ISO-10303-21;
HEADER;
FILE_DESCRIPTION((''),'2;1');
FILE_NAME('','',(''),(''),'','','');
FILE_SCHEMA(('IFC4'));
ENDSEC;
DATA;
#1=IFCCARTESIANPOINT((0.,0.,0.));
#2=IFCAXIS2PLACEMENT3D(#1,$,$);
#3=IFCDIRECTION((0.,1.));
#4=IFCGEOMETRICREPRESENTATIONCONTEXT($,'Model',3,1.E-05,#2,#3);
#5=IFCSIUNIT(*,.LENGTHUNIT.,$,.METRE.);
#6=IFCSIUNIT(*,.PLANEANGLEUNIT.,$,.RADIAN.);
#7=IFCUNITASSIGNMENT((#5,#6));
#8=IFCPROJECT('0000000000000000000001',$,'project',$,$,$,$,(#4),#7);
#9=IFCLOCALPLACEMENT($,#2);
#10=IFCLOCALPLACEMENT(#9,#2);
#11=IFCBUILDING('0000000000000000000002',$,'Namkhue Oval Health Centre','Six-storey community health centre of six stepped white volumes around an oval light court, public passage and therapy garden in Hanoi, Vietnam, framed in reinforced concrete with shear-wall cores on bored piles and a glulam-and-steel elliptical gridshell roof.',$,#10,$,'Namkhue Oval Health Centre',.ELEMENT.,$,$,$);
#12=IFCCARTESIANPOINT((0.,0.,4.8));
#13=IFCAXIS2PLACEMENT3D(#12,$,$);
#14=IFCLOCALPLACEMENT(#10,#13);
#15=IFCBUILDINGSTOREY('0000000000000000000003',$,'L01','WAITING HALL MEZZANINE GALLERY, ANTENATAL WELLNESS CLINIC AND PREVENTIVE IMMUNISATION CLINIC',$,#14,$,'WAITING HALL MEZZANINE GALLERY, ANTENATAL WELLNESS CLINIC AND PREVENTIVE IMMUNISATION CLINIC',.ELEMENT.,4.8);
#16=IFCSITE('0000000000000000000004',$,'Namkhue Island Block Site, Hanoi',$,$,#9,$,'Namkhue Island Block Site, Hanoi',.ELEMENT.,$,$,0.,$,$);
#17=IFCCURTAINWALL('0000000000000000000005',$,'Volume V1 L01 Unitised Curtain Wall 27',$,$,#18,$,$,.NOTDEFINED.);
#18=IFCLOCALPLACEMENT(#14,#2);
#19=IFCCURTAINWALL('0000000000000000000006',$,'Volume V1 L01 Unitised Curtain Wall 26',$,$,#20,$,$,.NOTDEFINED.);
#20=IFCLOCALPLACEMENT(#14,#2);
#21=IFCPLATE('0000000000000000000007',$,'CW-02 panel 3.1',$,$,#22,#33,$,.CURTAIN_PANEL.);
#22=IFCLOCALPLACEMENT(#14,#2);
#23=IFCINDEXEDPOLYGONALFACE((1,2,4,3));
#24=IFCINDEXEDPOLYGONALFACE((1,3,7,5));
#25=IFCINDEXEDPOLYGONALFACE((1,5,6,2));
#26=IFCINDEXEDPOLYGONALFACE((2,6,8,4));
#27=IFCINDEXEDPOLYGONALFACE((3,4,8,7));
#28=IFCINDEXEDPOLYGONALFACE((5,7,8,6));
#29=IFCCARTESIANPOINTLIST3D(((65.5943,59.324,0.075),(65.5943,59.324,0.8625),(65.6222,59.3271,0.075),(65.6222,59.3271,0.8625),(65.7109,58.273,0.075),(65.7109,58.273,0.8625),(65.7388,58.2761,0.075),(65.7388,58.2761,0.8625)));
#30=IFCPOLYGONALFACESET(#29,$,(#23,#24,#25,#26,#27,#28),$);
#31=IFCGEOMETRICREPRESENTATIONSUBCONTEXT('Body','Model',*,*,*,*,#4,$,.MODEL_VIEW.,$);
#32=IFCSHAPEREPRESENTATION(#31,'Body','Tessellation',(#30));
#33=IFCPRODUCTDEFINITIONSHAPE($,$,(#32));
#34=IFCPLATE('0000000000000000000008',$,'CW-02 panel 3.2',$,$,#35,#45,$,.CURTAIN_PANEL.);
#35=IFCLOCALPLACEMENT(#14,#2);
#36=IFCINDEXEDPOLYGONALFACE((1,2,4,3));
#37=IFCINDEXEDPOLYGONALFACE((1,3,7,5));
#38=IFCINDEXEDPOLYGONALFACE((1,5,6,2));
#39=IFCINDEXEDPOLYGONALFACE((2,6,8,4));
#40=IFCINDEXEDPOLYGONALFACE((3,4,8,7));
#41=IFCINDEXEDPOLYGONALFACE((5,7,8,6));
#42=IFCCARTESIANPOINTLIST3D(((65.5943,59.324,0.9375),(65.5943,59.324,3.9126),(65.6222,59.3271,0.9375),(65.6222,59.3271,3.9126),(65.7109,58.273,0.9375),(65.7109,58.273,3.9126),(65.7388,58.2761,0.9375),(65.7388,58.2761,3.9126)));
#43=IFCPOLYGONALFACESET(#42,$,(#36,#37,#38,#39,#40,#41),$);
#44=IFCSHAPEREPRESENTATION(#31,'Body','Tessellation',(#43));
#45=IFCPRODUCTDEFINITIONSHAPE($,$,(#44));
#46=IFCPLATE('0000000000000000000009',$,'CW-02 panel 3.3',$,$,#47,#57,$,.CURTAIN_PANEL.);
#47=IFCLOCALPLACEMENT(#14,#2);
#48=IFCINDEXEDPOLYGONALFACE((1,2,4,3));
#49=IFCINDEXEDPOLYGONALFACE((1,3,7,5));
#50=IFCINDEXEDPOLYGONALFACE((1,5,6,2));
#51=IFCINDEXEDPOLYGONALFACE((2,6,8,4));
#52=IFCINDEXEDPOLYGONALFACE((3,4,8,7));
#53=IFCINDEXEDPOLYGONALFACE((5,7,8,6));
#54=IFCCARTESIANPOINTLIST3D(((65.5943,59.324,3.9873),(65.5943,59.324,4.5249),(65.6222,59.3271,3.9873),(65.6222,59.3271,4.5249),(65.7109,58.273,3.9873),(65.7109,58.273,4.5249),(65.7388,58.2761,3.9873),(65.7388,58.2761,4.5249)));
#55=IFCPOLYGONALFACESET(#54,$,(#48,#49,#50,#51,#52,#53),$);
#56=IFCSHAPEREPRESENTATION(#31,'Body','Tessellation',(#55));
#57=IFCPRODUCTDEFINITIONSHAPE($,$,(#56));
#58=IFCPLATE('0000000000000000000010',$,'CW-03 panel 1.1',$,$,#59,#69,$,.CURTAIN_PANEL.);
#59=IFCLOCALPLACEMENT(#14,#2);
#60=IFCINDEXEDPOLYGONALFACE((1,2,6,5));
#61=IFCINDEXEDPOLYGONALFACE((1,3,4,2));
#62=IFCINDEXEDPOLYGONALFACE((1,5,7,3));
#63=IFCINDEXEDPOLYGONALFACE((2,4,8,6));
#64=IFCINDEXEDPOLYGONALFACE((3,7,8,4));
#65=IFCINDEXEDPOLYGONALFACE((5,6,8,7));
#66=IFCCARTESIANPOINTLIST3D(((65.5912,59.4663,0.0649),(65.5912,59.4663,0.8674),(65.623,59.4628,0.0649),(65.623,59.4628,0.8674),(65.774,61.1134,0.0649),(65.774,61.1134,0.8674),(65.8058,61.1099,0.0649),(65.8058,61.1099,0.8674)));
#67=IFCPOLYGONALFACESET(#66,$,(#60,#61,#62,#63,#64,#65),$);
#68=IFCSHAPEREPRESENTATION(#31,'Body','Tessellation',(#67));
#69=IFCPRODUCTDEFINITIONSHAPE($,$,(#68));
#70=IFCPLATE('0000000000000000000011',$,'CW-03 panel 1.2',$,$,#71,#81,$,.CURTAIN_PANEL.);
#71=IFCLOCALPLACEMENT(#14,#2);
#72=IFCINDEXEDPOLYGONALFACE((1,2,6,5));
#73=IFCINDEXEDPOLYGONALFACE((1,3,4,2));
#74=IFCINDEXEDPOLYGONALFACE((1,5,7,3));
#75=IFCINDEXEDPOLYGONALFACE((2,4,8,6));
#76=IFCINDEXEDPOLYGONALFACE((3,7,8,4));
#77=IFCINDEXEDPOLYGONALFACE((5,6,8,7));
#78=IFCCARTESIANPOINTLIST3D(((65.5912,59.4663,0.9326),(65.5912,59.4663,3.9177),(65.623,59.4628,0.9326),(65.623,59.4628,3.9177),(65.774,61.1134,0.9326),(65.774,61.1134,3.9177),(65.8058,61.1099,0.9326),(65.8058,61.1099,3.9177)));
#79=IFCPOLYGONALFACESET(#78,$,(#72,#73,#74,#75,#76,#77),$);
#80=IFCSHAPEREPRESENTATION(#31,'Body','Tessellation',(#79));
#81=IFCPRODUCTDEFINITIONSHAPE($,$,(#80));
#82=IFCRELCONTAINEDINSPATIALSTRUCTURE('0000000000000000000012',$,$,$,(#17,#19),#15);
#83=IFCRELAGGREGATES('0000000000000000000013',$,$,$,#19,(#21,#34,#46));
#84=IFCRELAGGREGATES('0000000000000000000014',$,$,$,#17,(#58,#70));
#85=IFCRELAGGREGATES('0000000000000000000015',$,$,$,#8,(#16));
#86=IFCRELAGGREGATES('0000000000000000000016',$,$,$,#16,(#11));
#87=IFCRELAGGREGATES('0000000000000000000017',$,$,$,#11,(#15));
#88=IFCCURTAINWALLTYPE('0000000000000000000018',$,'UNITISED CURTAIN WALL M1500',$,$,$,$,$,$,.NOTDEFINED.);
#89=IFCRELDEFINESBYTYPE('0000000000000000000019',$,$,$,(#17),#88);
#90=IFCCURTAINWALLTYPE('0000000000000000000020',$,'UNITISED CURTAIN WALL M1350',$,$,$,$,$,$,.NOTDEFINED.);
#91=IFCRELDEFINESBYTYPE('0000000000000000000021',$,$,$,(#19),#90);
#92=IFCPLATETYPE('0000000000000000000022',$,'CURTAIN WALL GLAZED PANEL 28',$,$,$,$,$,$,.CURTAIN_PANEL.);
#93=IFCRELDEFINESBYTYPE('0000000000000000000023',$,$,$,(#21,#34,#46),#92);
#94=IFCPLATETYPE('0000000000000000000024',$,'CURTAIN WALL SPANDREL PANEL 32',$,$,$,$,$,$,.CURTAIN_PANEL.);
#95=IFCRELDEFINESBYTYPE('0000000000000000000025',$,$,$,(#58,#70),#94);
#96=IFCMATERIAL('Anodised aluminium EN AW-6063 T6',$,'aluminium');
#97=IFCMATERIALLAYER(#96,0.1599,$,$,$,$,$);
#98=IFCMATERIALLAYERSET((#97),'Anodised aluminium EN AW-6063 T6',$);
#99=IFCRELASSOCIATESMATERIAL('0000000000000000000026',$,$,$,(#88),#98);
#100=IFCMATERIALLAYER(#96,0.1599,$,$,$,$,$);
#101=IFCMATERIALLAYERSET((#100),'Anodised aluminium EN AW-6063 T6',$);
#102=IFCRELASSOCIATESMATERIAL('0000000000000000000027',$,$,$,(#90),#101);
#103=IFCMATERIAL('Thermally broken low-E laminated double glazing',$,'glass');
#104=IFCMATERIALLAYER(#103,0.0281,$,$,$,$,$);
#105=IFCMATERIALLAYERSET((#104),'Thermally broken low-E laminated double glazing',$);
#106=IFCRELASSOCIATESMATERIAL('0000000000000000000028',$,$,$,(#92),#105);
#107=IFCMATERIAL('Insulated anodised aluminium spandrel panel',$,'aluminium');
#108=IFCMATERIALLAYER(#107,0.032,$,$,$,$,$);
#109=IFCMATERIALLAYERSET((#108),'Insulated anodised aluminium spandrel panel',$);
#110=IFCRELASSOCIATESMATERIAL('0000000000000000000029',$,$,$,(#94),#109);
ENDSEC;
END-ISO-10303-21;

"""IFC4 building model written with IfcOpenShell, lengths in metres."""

from ifc_helpers import new_model, si_unit, direction, frame, origin, origin_2d, place, context, subcontext, project, spatial, rectangle, extrude, material, layer, layer_set, type_object, element, aggregate, save


model = new_model("IFC4")

# Units and contexts
model_context = context("Model", 3, precision=1e-05, world=origin(), true_north=direction((0.0, 1.0)))
body_context = subcontext(model_context, "Body", "Model", "MODEL_VIEW")
ifc_project = project(units=[si_unit("LENGTHUNIT", "METRE"), si_unit("PLANEANGLEUNIT", "RADIAN")], contexts=[model_context])

# Site, building, storey
site_placement = place(None, origin())
site = spatial("IfcSite", under=ifc_project, at=site_placement, Name="Namkhue Island Block Site, Hanoi", LongName="Namkhue Island Block Site, Hanoi", CompositionType="ELEMENT", RefElevation=0.0)
building_placement = place(site_placement, origin())
building = spatial("IfcBuilding", under=site, at=building_placement, Name="Namkhue Oval Health Centre", Description="Six-storey community health centre of six stepped white volumes around an oval light court, public passage and therapy garden in Hanoi, Vietnam, framed in reinforced concrete with shear-wall cores on bored piles and a glulam-and-steel elliptical gridshell roof.", LongName="Namkhue Oval Health Centre", CompositionType="ELEMENT")
storey_placement = place(building_placement, frame((0.0, 0.0, 4.8)))
storey = spatial("IfcBuildingStorey", under=building, at=storey_placement, Name="L01", Description="WAITING HALL MEZZANINE GALLERY, ANTENATAL WELLNESS CLINIC AND PREVENTIVE IMMUNISATION CLINIC", LongName="WAITING HALL MEZZANINE GALLERY, ANTENATAL WELLNESS CLINIC AND PREVENTIVE IMMUNISATION CLINIC", CompositionType="ELEMENT", Elevation=4.8)

# Curtain walls
ifc_material_1 = material(Name="Anodised aluminium EN AW-6063 T6", Category="aluminium")
ifc_layer_1 = layer(ifc_material_1, 0.1599)
ifc_layer_set_1 = layer_set([ifc_layer_1], Name="Anodised aluminium EN AW-6063 T6")
curtain_wall_type_1 = type_object("IfcCurtainWallType", Name="UNITISED CURTAIN WALL M1500", PredefinedType="NOTDEFINED", material=ifc_layer_set_1)
curtain_wall_1_placement = place(storey_placement, origin())
curtain_wall_1 = element("IfcCurtainWall", 1, at=curtain_wall_1_placement, inside=storey, type_object=curtain_wall_type_1, Name="Volume V1 L01 Unitised Curtain Wall 27", PredefinedType="NOTDEFINED")
ifc_layer_2 = layer(ifc_material_1, 0.1599)
ifc_layer_set_2 = layer_set([ifc_layer_2], Name="Anodised aluminium EN AW-6063 T6")
curtain_wall_type_2 = type_object("IfcCurtainWallType", Name="UNITISED CURTAIN WALL M1350", PredefinedType="NOTDEFINED", material=ifc_layer_set_2)
curtain_wall_2_placement = place(storey_placement, origin())
curtain_wall_2 = element("IfcCurtainWall", 2, at=curtain_wall_2_placement, inside=storey, type_object=curtain_wall_type_2, Name="Volume V1 L01 Unitised Curtain Wall 26", PredefinedType="NOTDEFINED")

# Plates
ifc_material_2 = material(Name="Thermally broken low-E laminated double glazing", Category="glass")
ifc_layer_3 = layer(ifc_material_2, 0.0281)
ifc_layer_set_3 = layer_set([ifc_layer_3], Name="Thermally broken low-E laminated double glazing")
plate_type_1 = type_object("IfcPlateType", Name="CURTAIN WALL GLAZED PANEL 28", PredefinedType="CURTAIN_PANEL", material=ifc_layer_set_3)
plate_1_placement = place(storey_placement, frame((65.6665, 58.8, 0.075), z_axis=(0.0, 0.0, 1.0), x_axis=(-0.110275, 0.993901, 0.0)))
plate_1 = element("IfcPlate", 3, at=plate_1_placement, type_object=plate_type_1, Name="CW-02 panel 3.1", PredefinedType="CURTAIN_PANEL", context=body_context, shape_type="SweptSolid", body=[
    extrude(rectangle(XDim=1.0574, YDim=0.0281, at=origin_2d()), origin(), (0.0, 0.0, 1.0), 0.7876),
])
plate_2_placement = place(storey_placement, frame((65.6665, 58.8, 0.9375), z_axis=(0.0, 0.0, 1.0), x_axis=(-0.110275, 0.993901, 0.0)))
plate_2 = element("IfcPlate", 4, at=plate_2_placement, type_object=plate_type_1, Name="CW-02 panel 3.2", PredefinedType="CURTAIN_PANEL", context=body_context, shape_type="SweptSolid", body=[
    extrude(rectangle(XDim=1.0574, YDim=0.0281, at=origin_2d()), origin(), (0.0, 0.0, 1.0), 2.9751),
])
plate_3_placement = place(storey_placement, frame((65.6665, 58.8, 3.9873), z_axis=(0.0, 0.0, 1.0), x_axis=(-0.110275, 0.993901, 0.0)))
plate_3 = element("IfcPlate", 5, at=plate_3_placement, type_object=plate_type_1, Name="CW-02 panel 3.3", PredefinedType="CURTAIN_PANEL", context=body_context, shape_type="SweptSolid", body=[
    extrude(rectangle(XDim=1.0574, YDim=0.0281, at=origin_2d()), origin(), (0.0, 0.0, 1.0), 0.5376),
])
aggregate(curtain_wall_2, [plate_1, plate_2, plate_3])
ifc_material_3 = material(Name="Insulated anodised aluminium spandrel panel", Category="aluminium")
ifc_layer_4 = layer(ifc_material_3, 0.032)
ifc_layer_set_4 = layer_set([ifc_layer_4], Name="Insulated anodised aluminium spandrel panel")
plate_type_2 = type_object("IfcPlateType", Name="CURTAIN WALL SPANDREL PANEL 32", PredefinedType="CURTAIN_PANEL", material=ifc_layer_set_4)
plate_4_placement = place(storey_placement, frame((65.6985, 60.2881, 0.0649), z_axis=(0.0, 0.0, 1.0), x_axis=(0.110275, 0.993901, 0.0)))
plate_4 = element("IfcPlate", 6, at=plate_4_placement, type_object=plate_type_2, Name="CW-03 panel 1.1", PredefinedType="CURTAIN_PANEL", context=body_context, shape_type="SweptSolid", body=[
    extrude(rectangle(XDim=1.6572, YDim=0.032, at=origin_2d()), origin(), (0.0, 0.0, 1.0), 0.8025),
])
plate_5_placement = place(storey_placement, frame((65.6985, 60.2881, 0.9326), z_axis=(0.0, 0.0, 1.0), x_axis=(0.110275, 0.993901, 0.0)))
plate_5 = element("IfcPlate", 7, at=plate_5_placement, type_object=plate_type_2, Name="CW-03 panel 1.2", PredefinedType="CURTAIN_PANEL", context=body_context, shape_type="SweptSolid", body=[
    extrude(rectangle(XDim=1.6572, YDim=0.032, at=origin_2d()), origin(), (0.0, 0.0, 1.0), 2.9851),
])
aggregate(curtain_wall_1, [plate_4, plate_5])

save(model, "model.ifc")
